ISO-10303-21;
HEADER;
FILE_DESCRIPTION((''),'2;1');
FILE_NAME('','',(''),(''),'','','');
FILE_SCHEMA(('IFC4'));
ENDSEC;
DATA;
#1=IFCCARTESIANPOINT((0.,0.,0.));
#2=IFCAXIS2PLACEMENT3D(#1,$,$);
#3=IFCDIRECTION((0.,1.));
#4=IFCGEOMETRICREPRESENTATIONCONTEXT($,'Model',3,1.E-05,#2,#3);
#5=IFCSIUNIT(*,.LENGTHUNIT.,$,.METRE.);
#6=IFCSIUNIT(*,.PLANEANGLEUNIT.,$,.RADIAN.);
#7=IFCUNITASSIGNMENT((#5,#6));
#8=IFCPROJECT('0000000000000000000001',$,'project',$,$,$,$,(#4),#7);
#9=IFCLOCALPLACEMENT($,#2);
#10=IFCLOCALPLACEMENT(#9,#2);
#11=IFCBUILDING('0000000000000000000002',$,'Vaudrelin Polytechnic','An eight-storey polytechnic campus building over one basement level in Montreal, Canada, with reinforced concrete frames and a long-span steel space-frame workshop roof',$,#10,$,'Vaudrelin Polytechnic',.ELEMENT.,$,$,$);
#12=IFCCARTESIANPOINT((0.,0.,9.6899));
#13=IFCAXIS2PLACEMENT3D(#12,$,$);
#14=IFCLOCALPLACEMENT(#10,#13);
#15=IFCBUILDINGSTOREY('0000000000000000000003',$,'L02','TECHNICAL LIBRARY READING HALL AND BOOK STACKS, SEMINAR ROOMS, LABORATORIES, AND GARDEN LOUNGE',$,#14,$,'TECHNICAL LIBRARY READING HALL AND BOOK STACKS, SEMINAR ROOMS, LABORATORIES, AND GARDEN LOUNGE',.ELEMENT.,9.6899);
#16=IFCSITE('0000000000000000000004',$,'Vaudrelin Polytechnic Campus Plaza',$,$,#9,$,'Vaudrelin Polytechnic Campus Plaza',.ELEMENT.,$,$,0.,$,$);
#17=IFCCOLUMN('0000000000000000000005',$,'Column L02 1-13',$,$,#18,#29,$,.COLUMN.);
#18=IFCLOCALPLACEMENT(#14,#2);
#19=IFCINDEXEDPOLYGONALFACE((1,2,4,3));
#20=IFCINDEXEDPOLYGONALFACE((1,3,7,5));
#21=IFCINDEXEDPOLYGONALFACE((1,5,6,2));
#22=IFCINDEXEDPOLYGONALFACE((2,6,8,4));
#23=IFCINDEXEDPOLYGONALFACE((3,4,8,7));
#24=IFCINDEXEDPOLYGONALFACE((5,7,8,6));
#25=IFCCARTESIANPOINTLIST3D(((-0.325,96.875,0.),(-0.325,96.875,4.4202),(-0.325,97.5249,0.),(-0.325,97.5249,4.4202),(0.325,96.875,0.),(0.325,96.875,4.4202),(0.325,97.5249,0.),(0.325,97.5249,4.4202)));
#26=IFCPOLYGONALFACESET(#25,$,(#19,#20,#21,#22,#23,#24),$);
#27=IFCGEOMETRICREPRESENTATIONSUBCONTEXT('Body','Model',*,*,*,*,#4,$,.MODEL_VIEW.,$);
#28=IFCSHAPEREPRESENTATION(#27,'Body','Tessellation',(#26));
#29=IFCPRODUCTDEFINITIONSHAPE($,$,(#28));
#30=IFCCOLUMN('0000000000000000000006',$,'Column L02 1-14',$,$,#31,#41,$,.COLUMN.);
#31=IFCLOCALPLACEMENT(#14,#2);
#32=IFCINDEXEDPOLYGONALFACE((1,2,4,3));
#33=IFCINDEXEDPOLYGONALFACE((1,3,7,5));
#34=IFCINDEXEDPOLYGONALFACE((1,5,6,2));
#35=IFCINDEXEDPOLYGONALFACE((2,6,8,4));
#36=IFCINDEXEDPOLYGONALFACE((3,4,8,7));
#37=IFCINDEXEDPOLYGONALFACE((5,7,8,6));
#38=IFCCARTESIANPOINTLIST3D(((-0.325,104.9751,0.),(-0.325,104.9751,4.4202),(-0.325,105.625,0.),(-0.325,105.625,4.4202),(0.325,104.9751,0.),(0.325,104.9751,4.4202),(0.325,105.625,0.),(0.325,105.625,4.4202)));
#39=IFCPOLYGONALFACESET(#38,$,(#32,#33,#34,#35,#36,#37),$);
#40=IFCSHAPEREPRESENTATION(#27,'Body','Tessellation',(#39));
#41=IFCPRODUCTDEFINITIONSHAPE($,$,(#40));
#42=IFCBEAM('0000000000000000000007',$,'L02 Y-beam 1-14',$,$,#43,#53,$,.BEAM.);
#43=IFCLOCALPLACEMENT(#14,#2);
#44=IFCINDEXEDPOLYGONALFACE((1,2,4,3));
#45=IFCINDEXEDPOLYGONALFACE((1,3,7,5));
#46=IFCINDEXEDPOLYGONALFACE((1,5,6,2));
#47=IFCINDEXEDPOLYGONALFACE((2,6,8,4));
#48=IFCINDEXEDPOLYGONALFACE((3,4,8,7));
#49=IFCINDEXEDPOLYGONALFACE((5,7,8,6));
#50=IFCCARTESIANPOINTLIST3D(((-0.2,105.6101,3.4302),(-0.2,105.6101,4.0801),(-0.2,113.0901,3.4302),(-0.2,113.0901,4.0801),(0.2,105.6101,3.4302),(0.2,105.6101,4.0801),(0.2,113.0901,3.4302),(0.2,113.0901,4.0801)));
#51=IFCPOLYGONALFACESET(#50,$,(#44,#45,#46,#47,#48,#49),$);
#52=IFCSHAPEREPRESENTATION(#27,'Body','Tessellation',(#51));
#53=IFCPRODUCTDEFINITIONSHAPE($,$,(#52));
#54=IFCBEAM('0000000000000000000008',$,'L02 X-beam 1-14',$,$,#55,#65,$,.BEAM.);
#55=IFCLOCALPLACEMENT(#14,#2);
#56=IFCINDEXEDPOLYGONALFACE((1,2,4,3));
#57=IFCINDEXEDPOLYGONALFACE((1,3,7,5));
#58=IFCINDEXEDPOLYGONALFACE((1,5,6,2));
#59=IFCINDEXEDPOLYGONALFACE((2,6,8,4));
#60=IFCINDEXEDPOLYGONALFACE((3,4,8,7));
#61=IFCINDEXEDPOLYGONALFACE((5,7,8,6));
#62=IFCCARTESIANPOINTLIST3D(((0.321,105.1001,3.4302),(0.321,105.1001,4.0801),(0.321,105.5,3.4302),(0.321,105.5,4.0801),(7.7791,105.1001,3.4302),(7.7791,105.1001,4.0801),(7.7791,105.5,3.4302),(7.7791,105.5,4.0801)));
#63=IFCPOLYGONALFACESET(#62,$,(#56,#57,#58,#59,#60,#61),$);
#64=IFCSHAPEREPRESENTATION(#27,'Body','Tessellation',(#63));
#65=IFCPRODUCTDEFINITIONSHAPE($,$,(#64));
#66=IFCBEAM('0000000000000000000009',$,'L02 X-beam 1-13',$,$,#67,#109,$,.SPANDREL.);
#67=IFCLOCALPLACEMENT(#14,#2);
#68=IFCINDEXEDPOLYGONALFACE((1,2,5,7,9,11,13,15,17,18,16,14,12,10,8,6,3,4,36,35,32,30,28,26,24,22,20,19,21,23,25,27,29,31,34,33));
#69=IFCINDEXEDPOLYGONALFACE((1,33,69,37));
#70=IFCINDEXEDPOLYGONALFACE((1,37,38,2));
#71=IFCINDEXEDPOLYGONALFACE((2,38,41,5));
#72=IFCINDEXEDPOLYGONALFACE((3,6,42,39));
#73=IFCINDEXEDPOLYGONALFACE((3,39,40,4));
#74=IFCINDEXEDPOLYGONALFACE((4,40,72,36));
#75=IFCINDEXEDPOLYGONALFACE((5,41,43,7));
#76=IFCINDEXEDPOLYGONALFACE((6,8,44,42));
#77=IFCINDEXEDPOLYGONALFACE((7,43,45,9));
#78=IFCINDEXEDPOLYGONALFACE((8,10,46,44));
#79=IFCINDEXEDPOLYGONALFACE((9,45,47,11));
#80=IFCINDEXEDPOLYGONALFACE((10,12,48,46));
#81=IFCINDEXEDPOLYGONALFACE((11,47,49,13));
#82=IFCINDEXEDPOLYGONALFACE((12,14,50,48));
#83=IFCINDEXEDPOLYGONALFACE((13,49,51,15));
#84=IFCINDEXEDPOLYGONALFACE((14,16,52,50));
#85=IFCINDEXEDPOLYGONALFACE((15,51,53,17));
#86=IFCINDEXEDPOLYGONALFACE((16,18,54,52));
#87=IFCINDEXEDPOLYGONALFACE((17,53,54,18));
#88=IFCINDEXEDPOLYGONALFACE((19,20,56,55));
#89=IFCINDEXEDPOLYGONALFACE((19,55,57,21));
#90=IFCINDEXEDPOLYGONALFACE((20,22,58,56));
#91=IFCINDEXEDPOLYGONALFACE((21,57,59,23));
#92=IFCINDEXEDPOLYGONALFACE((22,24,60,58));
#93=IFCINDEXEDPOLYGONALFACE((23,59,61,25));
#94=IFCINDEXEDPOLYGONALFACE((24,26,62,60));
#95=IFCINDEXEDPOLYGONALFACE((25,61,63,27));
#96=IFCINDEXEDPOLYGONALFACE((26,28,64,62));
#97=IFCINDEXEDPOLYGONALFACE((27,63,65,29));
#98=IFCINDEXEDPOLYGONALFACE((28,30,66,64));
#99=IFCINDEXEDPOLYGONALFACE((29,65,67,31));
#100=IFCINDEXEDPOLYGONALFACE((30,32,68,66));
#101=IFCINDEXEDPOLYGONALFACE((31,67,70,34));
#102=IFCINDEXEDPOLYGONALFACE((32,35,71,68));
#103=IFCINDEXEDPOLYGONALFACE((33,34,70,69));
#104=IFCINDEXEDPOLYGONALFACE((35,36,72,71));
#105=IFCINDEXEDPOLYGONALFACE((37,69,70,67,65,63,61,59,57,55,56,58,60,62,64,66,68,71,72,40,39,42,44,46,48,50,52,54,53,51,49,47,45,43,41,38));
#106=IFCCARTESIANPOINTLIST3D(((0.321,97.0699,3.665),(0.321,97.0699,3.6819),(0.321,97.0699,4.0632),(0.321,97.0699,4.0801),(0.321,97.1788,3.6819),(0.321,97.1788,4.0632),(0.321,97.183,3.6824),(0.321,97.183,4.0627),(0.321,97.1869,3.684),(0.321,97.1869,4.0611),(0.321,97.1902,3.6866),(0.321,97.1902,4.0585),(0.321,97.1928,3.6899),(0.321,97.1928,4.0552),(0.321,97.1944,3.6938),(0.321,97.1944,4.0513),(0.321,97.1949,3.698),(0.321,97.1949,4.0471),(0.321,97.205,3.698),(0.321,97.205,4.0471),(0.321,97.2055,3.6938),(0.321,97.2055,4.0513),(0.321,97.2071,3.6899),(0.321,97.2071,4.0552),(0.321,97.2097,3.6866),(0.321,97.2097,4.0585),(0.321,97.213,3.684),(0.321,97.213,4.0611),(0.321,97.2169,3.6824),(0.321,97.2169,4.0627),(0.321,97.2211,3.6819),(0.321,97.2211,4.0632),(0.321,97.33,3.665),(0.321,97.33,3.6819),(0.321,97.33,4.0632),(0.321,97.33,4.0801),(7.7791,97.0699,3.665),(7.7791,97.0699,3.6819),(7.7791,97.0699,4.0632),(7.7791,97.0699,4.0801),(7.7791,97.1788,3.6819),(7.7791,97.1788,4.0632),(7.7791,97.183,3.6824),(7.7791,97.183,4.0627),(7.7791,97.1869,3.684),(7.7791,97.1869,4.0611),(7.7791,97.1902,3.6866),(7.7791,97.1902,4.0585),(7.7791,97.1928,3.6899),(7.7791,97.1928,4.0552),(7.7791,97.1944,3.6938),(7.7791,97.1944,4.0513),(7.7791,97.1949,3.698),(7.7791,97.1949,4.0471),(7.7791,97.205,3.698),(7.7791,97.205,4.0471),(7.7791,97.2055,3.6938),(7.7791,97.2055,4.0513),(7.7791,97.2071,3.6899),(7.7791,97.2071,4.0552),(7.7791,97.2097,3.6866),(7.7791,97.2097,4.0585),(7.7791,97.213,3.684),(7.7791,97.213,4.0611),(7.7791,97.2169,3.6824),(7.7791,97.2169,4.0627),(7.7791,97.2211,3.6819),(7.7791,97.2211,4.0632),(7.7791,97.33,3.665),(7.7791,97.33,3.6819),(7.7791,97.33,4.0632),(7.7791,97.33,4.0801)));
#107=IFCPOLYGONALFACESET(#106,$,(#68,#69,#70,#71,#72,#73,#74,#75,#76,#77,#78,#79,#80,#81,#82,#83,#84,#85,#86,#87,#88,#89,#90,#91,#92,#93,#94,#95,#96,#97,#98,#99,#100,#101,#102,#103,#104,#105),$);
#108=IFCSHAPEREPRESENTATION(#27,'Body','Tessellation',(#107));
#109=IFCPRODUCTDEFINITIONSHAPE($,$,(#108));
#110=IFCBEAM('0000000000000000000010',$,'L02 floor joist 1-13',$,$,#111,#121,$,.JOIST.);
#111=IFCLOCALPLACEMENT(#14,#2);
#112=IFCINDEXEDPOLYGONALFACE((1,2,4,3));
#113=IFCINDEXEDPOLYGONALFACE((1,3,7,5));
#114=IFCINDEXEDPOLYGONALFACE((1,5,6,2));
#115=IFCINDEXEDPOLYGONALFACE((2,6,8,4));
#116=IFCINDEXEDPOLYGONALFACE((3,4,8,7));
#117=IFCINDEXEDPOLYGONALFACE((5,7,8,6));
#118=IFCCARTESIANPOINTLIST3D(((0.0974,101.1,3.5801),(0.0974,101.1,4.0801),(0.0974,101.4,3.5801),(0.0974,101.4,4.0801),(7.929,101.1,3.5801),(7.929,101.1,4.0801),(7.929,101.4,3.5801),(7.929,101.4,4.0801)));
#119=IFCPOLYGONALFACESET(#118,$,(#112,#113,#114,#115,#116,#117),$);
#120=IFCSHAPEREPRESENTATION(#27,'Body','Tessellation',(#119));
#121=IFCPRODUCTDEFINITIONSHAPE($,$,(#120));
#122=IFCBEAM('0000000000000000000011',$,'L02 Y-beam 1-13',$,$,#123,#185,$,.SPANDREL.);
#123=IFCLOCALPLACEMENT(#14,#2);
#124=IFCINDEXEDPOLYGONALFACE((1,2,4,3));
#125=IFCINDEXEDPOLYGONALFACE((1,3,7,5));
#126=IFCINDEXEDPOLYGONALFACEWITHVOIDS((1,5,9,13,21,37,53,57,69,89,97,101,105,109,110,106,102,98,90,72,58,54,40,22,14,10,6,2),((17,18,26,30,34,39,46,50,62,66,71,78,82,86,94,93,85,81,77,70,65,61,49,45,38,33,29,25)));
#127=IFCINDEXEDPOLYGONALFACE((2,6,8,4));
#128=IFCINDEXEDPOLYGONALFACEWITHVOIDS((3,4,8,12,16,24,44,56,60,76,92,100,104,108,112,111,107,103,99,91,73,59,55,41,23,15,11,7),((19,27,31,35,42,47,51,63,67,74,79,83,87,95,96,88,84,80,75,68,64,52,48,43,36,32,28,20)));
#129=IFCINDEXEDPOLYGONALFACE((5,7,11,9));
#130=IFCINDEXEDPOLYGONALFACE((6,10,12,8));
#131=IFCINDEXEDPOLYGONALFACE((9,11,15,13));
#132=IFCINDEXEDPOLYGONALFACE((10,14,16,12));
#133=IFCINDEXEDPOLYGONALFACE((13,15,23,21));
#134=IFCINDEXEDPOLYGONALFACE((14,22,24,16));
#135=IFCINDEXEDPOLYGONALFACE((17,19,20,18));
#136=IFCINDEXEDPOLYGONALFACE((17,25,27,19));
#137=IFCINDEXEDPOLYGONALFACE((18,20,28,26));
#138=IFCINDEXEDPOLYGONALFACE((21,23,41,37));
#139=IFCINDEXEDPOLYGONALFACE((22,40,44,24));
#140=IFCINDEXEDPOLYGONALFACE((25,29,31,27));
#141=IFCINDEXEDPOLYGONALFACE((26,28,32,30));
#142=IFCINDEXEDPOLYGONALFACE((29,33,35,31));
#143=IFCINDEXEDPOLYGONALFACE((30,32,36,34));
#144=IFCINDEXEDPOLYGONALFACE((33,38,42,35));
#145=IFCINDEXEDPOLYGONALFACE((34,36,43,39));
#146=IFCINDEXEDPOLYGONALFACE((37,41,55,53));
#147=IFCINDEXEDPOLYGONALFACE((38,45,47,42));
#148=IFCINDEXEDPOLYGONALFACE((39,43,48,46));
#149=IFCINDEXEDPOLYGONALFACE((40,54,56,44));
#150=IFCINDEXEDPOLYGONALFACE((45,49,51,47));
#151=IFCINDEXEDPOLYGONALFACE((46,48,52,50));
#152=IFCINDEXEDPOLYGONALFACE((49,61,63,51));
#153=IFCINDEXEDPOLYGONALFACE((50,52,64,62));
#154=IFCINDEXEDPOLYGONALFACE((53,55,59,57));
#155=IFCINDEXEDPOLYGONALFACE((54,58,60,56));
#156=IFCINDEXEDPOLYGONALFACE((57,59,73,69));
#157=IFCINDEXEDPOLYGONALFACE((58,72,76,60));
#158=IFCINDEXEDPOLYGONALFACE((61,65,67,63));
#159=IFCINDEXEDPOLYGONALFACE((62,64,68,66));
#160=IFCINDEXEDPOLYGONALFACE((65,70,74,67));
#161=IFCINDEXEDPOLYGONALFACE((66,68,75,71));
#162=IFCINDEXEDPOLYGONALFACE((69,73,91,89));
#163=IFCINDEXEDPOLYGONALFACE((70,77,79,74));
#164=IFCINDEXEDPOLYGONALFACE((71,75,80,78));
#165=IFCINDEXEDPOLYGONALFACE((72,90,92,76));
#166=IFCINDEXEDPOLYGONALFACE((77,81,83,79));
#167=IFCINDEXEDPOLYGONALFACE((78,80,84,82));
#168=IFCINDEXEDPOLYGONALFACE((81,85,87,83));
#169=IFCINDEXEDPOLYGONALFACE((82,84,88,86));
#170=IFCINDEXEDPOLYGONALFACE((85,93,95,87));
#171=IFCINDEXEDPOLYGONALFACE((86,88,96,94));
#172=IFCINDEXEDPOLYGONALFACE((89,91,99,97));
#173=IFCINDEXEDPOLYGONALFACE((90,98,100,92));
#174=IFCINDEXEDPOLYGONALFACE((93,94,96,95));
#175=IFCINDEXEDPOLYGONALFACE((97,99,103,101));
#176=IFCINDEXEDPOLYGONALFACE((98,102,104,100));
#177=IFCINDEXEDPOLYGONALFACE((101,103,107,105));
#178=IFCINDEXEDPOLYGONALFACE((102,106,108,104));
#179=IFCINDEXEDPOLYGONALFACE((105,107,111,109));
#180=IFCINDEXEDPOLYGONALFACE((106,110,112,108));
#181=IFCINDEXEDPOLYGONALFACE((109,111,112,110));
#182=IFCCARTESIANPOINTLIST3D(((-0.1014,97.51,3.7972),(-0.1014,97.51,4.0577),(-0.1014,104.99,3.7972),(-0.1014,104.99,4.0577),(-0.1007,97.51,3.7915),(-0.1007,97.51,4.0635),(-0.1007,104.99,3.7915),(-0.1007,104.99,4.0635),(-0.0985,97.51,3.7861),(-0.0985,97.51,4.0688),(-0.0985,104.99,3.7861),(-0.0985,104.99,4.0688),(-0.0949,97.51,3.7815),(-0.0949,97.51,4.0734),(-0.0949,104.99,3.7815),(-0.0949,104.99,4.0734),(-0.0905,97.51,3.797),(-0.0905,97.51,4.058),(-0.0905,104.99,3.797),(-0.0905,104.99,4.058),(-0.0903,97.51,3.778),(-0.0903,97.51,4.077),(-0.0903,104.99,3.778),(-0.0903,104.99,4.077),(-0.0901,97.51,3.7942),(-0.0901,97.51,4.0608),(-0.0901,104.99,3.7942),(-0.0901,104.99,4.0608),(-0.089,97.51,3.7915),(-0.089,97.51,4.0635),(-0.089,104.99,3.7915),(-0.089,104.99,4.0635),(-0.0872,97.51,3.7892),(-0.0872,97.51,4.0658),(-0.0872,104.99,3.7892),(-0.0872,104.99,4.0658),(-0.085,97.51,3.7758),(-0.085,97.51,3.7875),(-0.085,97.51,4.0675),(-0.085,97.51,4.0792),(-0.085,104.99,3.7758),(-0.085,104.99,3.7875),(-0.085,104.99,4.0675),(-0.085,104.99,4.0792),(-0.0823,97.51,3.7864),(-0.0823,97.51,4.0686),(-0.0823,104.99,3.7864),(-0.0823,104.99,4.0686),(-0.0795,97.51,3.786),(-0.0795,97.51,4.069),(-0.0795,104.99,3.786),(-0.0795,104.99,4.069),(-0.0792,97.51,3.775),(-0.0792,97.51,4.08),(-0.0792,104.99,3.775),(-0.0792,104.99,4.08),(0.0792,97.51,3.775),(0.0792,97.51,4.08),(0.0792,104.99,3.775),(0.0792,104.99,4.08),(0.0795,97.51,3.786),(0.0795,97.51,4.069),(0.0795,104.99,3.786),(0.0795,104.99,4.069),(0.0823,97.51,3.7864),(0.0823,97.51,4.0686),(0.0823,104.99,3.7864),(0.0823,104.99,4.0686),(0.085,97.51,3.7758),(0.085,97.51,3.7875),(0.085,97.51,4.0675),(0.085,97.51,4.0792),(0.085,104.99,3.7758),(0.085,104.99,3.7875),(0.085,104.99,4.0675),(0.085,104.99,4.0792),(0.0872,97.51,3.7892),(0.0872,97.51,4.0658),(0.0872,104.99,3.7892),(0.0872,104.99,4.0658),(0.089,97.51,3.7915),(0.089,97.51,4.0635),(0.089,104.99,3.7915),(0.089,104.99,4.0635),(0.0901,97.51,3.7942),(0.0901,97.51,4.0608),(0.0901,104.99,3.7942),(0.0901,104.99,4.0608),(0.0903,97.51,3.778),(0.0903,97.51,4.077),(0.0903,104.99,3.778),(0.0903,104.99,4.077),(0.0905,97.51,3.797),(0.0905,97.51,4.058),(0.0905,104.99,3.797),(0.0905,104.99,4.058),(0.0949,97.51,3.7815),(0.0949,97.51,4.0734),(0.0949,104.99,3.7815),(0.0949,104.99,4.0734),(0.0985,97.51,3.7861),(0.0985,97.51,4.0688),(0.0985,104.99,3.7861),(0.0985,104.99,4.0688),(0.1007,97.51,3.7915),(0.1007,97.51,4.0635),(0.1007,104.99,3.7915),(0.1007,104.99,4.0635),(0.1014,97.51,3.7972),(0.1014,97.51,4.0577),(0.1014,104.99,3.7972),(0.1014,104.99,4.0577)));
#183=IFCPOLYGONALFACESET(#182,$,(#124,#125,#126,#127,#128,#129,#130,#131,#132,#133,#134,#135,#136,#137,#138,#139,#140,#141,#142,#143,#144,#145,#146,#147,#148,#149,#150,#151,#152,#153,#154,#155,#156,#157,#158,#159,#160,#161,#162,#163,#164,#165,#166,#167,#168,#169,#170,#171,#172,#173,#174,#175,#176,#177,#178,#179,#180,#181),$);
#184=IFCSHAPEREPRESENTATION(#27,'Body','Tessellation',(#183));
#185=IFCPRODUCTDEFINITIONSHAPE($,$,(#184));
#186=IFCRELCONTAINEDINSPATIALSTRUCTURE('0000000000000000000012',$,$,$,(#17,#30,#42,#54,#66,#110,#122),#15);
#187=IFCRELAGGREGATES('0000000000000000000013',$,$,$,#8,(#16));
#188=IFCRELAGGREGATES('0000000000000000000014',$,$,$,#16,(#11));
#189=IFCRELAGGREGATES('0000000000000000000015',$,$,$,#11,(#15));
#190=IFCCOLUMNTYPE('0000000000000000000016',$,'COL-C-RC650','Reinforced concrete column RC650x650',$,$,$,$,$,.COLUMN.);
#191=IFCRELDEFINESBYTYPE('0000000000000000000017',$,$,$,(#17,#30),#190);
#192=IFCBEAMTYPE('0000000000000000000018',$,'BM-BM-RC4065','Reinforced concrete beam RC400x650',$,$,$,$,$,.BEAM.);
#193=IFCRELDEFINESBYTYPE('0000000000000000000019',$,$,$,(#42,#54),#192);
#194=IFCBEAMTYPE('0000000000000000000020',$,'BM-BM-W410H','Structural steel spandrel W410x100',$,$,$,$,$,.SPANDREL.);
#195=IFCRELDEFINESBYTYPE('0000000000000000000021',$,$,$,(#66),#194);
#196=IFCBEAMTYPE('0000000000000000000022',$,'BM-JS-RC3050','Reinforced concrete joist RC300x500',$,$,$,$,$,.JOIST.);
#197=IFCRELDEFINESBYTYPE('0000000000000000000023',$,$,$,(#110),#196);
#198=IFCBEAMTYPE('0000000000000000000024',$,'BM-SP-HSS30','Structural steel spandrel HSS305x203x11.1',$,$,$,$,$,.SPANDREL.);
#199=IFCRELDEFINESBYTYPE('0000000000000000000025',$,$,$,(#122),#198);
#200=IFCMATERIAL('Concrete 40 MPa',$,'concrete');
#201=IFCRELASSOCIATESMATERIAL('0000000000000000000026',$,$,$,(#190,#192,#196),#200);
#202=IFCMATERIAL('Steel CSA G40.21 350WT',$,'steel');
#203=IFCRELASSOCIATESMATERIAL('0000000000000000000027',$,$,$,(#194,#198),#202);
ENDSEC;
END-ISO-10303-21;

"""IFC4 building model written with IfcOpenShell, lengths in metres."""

from ifc_helpers import new_model, si_unit, direction, frame, origin, origin_2d, place, context, subcontext, project, spatial, rectangle, hollow_rectangle, i_section, extrude, material, material_profile, profile_set, type_object, element, save


model = new_model("IFC4")

# Units and contexts
model_context = context("Model", 3, precision=1e-05, world=origin(), true_north=direction((0.0, 1.0)))
body_context = subcontext(model_context, "Body", "Model", "MODEL_VIEW")
ifc_project = project(units=[si_unit("LENGTHUNIT", "METRE"), si_unit("PLANEANGLEUNIT", "RADIAN")], contexts=[model_context])

# Site, building, storey
site_placement = place(None, origin())
site = spatial("IfcSite", under=ifc_project, at=site_placement, Name="Vaudrelin Polytechnic Campus Plaza", LongName="Vaudrelin Polytechnic Campus Plaza", CompositionType="ELEMENT", RefElevation=0.0)
building_placement = place(site_placement, origin())
building = spatial("IfcBuilding", under=site, at=building_placement, Name="Vaudrelin Polytechnic", Description="An eight-storey polytechnic campus building over one basement level in Montreal, Canada, with reinforced concrete frames and a long-span steel space-frame workshop roof", LongName="Vaudrelin Polytechnic", CompositionType="ELEMENT")
storey_placement = place(building_placement, frame((0.0, 0.0, 9.6899)))
storey = spatial("IfcBuildingStorey", under=building, at=storey_placement, Name="L02", Description="TECHNICAL LIBRARY READING HALL AND BOOK STACKS, SEMINAR ROOMS, LABORATORIES, AND GARDEN LOUNGE", LongName="TECHNICAL LIBRARY READING HALL AND BOOK STACKS, SEMINAR ROOMS, LABORATORIES, AND GARDEN LOUNGE", CompositionType="ELEMENT", Elevation=9.6899)

# Columns
ifc_material_1 = material(Name="Concrete 40 MPa", Category="concrete")
ifc_material_profile_1 = material_profile(ifc_material_1, rectangle(XDim=0.6499, YDim=0.6499, at=origin_2d()), Name="RC650x650")
ifc_profile_set_1 = profile_set([ifc_material_profile_1], Name="Concrete 40 MPa")
column_type = type_object("IfcColumnType", Name="COL-C-RC650", Description="Reinforced concrete column RC650x650", PredefinedType="COLUMN", material=ifc_profile_set_1)
for number, where, z_axis, x_axis, name in (
    (1, (0.0, 97.2, 0.0), (0.0, 0.0, 1.0), (1.0, 0.0, 0.0), "Column L02 1-13"),
    (2, (0.0, 105.3, 0.0), (0.0, 0.0, 1.0), (1.0, 0.0, 0.0), "Column L02 1-14"),
):
    element("IfcColumn", number, at=place(storey_placement, frame(where, z_axis=z_axis, x_axis=x_axis)), inside=storey, type_object=column_type, Name=name, PredefinedType="COLUMN", context=body_context, shape_type="SweptSolid", body=[
        extrude(rectangle(XDim=0.6499, YDim=0.6499, at=origin_2d()), origin(), (0.0, 0.0, 1.0), 4.4202),
    ])

# Beams
ifc_material_profile_2 = material_profile(ifc_material_1, rectangle(XDim=0.3999, YDim=0.6499, at=origin_2d()), Name="RC400x650")
ifc_profile_set_2 = profile_set([ifc_material_profile_2], Name="Concrete 40 MPa")
beam_type_1 = type_object("IfcBeamType", Name="BM-BM-RC4065", Description="Reinforced concrete beam RC400x650", PredefinedType="BEAM", material=ifc_profile_set_2)
beam_1_placement = place(storey_placement, frame((0.0, 105.6101, 3.7551), z_axis=(0.0, 1.0, 0.0), x_axis=(-1.0, 0.0, 0.0)))
element("IfcBeam", 3, at=beam_1_placement, inside=storey, type_object=beam_type_1, Name="L02 Y-beam 1-14", PredefinedType="BEAM", context=body_context, shape_type="SweptSolid", body=[
    extrude(rectangle(XDim=0.3999, YDim=0.6499, at=origin_2d()), origin(), (0.0, 0.0, 1.0), 7.48),
])
beam_2_placement = place(storey_placement, frame((0.321, 105.3, 3.7551), z_axis=(1.0, 0.0, 0.0), x_axis=(0.0, 1.0, 0.0)))
element("IfcBeam", 4, at=beam_2_placement, inside=storey, type_object=beam_type_1, Name="L02 X-beam 1-14", PredefinedType="BEAM", context=body_context, shape_type="SweptSolid", body=[
    extrude(rectangle(XDim=0.3999, YDim=0.6499, at=origin_2d()), origin(), (0.0, 0.0, 1.0), 7.458),
])
ifc_material_2 = material(Name="Steel CSA G40.21 350WT", Category="steel")
ifc_material_profile_3 = material_profile(ifc_material_2, i_section(OverallWidth=0.26, OverallDepth=0.415, WebThickness=0.01, FlangeThickness=0.0168, FilletRadius=0.0161, at=origin_2d()), Name="W410x100")
ifc_profile_set_3 = profile_set([ifc_material_profile_3], Name="Steel CSA G40.21 350WT")
beam_type_2 = type_object("IfcBeamType", Name="BM-BM-W410H", Description="Structural steel spandrel W410x100", PredefinedType="SPANDREL", material=ifc_profile_set_3)
beam_3_placement = place(storey_placement, frame((0.321, 97.2, 3.8726), z_axis=(1.0, 0.0, 0.0), x_axis=(0.0, 1.0, 0.0)))
element("IfcBeam", 5, at=beam_3_placement, inside=storey, type_object=beam_type_2, Name="L02 X-beam 1-13", PredefinedType="SPANDREL", context=body_context, shape_type="SweptSolid", body=[
    extrude(i_section(OverallWidth=0.26, OverallDepth=0.415, WebThickness=0.01, FlangeThickness=0.0168, FilletRadius=0.0161, at=origin_2d()), origin(), (0.0, 0.0, 1.0), 7.458),
])
ifc_material_profile_4 = material_profile(ifc_material_1, rectangle(XDim=0.3, YDim=0.5, at=origin_2d()), Name="RC300x500")
ifc_profile_set_4 = profile_set([ifc_material_profile_4], Name="Concrete 40 MPa")
beam_type_3 = type_object("IfcBeamType", Name="BM-JS-RC3050", Description="Reinforced concrete joist RC300x500", PredefinedType="JOIST", material=ifc_profile_set_4)
beam_4_placement = place(storey_placement, frame((0.0974, 101.25, 3.8301), z_axis=(1.0, 0.0, 0.0), x_axis=(0.0, 1.0, 0.0)))
element("IfcBeam", 6, at=beam_4_placement, inside=storey, type_object=beam_type_3, Name="L02 floor joist 1-13", PredefinedType="JOIST", context=body_context, shape_type="SweptSolid", body=[
    extrude(rectangle(XDim=0.3, YDim=0.5, at=origin_2d()), origin(), (0.0, 0.0, 1.0), 7.8315),
])
ifc_material_profile_5 = material_profile(ifc_material_2, hollow_rectangle(XDim=0.2029, YDim=0.3049, WallThickness=0.011, InnerFilletRadius=0.011, OuterFilletRadius=0.0222, at=origin_2d()), Name="HSS305x203x11.1")
ifc_profile_set_5 = profile_set([ifc_material_profile_5], Name="Steel CSA G40.21 350WT")
beam_type_4 = type_object("IfcBeamType", Name="BM-SP-HSS30", Description="Structural steel spandrel HSS305x203x11.1", PredefinedType="SPANDREL", material=ifc_profile_set_5)
beam_5_placement = place(storey_placement, frame((0.0, 97.51, 3.9275), z_axis=(0.0, 1.0, 0.0), x_axis=(-1.0, 0.0, 0.0)))
element("IfcBeam", 7, at=beam_5_placement, inside=storey, type_object=beam_type_4, Name="L02 Y-beam 1-13", PredefinedType="SPANDREL", context=body_context, shape_type="SweptSolid", body=[
    extrude(hollow_rectangle(XDim=0.2029, YDim=0.3049, WallThickness=0.011, InnerFilletRadius=0.011, OuterFilletRadius=0.0222, at=origin_2d()), origin(), (0.0, 0.0, 1.0), 7.48),
])

save(model, "model.ifc")
